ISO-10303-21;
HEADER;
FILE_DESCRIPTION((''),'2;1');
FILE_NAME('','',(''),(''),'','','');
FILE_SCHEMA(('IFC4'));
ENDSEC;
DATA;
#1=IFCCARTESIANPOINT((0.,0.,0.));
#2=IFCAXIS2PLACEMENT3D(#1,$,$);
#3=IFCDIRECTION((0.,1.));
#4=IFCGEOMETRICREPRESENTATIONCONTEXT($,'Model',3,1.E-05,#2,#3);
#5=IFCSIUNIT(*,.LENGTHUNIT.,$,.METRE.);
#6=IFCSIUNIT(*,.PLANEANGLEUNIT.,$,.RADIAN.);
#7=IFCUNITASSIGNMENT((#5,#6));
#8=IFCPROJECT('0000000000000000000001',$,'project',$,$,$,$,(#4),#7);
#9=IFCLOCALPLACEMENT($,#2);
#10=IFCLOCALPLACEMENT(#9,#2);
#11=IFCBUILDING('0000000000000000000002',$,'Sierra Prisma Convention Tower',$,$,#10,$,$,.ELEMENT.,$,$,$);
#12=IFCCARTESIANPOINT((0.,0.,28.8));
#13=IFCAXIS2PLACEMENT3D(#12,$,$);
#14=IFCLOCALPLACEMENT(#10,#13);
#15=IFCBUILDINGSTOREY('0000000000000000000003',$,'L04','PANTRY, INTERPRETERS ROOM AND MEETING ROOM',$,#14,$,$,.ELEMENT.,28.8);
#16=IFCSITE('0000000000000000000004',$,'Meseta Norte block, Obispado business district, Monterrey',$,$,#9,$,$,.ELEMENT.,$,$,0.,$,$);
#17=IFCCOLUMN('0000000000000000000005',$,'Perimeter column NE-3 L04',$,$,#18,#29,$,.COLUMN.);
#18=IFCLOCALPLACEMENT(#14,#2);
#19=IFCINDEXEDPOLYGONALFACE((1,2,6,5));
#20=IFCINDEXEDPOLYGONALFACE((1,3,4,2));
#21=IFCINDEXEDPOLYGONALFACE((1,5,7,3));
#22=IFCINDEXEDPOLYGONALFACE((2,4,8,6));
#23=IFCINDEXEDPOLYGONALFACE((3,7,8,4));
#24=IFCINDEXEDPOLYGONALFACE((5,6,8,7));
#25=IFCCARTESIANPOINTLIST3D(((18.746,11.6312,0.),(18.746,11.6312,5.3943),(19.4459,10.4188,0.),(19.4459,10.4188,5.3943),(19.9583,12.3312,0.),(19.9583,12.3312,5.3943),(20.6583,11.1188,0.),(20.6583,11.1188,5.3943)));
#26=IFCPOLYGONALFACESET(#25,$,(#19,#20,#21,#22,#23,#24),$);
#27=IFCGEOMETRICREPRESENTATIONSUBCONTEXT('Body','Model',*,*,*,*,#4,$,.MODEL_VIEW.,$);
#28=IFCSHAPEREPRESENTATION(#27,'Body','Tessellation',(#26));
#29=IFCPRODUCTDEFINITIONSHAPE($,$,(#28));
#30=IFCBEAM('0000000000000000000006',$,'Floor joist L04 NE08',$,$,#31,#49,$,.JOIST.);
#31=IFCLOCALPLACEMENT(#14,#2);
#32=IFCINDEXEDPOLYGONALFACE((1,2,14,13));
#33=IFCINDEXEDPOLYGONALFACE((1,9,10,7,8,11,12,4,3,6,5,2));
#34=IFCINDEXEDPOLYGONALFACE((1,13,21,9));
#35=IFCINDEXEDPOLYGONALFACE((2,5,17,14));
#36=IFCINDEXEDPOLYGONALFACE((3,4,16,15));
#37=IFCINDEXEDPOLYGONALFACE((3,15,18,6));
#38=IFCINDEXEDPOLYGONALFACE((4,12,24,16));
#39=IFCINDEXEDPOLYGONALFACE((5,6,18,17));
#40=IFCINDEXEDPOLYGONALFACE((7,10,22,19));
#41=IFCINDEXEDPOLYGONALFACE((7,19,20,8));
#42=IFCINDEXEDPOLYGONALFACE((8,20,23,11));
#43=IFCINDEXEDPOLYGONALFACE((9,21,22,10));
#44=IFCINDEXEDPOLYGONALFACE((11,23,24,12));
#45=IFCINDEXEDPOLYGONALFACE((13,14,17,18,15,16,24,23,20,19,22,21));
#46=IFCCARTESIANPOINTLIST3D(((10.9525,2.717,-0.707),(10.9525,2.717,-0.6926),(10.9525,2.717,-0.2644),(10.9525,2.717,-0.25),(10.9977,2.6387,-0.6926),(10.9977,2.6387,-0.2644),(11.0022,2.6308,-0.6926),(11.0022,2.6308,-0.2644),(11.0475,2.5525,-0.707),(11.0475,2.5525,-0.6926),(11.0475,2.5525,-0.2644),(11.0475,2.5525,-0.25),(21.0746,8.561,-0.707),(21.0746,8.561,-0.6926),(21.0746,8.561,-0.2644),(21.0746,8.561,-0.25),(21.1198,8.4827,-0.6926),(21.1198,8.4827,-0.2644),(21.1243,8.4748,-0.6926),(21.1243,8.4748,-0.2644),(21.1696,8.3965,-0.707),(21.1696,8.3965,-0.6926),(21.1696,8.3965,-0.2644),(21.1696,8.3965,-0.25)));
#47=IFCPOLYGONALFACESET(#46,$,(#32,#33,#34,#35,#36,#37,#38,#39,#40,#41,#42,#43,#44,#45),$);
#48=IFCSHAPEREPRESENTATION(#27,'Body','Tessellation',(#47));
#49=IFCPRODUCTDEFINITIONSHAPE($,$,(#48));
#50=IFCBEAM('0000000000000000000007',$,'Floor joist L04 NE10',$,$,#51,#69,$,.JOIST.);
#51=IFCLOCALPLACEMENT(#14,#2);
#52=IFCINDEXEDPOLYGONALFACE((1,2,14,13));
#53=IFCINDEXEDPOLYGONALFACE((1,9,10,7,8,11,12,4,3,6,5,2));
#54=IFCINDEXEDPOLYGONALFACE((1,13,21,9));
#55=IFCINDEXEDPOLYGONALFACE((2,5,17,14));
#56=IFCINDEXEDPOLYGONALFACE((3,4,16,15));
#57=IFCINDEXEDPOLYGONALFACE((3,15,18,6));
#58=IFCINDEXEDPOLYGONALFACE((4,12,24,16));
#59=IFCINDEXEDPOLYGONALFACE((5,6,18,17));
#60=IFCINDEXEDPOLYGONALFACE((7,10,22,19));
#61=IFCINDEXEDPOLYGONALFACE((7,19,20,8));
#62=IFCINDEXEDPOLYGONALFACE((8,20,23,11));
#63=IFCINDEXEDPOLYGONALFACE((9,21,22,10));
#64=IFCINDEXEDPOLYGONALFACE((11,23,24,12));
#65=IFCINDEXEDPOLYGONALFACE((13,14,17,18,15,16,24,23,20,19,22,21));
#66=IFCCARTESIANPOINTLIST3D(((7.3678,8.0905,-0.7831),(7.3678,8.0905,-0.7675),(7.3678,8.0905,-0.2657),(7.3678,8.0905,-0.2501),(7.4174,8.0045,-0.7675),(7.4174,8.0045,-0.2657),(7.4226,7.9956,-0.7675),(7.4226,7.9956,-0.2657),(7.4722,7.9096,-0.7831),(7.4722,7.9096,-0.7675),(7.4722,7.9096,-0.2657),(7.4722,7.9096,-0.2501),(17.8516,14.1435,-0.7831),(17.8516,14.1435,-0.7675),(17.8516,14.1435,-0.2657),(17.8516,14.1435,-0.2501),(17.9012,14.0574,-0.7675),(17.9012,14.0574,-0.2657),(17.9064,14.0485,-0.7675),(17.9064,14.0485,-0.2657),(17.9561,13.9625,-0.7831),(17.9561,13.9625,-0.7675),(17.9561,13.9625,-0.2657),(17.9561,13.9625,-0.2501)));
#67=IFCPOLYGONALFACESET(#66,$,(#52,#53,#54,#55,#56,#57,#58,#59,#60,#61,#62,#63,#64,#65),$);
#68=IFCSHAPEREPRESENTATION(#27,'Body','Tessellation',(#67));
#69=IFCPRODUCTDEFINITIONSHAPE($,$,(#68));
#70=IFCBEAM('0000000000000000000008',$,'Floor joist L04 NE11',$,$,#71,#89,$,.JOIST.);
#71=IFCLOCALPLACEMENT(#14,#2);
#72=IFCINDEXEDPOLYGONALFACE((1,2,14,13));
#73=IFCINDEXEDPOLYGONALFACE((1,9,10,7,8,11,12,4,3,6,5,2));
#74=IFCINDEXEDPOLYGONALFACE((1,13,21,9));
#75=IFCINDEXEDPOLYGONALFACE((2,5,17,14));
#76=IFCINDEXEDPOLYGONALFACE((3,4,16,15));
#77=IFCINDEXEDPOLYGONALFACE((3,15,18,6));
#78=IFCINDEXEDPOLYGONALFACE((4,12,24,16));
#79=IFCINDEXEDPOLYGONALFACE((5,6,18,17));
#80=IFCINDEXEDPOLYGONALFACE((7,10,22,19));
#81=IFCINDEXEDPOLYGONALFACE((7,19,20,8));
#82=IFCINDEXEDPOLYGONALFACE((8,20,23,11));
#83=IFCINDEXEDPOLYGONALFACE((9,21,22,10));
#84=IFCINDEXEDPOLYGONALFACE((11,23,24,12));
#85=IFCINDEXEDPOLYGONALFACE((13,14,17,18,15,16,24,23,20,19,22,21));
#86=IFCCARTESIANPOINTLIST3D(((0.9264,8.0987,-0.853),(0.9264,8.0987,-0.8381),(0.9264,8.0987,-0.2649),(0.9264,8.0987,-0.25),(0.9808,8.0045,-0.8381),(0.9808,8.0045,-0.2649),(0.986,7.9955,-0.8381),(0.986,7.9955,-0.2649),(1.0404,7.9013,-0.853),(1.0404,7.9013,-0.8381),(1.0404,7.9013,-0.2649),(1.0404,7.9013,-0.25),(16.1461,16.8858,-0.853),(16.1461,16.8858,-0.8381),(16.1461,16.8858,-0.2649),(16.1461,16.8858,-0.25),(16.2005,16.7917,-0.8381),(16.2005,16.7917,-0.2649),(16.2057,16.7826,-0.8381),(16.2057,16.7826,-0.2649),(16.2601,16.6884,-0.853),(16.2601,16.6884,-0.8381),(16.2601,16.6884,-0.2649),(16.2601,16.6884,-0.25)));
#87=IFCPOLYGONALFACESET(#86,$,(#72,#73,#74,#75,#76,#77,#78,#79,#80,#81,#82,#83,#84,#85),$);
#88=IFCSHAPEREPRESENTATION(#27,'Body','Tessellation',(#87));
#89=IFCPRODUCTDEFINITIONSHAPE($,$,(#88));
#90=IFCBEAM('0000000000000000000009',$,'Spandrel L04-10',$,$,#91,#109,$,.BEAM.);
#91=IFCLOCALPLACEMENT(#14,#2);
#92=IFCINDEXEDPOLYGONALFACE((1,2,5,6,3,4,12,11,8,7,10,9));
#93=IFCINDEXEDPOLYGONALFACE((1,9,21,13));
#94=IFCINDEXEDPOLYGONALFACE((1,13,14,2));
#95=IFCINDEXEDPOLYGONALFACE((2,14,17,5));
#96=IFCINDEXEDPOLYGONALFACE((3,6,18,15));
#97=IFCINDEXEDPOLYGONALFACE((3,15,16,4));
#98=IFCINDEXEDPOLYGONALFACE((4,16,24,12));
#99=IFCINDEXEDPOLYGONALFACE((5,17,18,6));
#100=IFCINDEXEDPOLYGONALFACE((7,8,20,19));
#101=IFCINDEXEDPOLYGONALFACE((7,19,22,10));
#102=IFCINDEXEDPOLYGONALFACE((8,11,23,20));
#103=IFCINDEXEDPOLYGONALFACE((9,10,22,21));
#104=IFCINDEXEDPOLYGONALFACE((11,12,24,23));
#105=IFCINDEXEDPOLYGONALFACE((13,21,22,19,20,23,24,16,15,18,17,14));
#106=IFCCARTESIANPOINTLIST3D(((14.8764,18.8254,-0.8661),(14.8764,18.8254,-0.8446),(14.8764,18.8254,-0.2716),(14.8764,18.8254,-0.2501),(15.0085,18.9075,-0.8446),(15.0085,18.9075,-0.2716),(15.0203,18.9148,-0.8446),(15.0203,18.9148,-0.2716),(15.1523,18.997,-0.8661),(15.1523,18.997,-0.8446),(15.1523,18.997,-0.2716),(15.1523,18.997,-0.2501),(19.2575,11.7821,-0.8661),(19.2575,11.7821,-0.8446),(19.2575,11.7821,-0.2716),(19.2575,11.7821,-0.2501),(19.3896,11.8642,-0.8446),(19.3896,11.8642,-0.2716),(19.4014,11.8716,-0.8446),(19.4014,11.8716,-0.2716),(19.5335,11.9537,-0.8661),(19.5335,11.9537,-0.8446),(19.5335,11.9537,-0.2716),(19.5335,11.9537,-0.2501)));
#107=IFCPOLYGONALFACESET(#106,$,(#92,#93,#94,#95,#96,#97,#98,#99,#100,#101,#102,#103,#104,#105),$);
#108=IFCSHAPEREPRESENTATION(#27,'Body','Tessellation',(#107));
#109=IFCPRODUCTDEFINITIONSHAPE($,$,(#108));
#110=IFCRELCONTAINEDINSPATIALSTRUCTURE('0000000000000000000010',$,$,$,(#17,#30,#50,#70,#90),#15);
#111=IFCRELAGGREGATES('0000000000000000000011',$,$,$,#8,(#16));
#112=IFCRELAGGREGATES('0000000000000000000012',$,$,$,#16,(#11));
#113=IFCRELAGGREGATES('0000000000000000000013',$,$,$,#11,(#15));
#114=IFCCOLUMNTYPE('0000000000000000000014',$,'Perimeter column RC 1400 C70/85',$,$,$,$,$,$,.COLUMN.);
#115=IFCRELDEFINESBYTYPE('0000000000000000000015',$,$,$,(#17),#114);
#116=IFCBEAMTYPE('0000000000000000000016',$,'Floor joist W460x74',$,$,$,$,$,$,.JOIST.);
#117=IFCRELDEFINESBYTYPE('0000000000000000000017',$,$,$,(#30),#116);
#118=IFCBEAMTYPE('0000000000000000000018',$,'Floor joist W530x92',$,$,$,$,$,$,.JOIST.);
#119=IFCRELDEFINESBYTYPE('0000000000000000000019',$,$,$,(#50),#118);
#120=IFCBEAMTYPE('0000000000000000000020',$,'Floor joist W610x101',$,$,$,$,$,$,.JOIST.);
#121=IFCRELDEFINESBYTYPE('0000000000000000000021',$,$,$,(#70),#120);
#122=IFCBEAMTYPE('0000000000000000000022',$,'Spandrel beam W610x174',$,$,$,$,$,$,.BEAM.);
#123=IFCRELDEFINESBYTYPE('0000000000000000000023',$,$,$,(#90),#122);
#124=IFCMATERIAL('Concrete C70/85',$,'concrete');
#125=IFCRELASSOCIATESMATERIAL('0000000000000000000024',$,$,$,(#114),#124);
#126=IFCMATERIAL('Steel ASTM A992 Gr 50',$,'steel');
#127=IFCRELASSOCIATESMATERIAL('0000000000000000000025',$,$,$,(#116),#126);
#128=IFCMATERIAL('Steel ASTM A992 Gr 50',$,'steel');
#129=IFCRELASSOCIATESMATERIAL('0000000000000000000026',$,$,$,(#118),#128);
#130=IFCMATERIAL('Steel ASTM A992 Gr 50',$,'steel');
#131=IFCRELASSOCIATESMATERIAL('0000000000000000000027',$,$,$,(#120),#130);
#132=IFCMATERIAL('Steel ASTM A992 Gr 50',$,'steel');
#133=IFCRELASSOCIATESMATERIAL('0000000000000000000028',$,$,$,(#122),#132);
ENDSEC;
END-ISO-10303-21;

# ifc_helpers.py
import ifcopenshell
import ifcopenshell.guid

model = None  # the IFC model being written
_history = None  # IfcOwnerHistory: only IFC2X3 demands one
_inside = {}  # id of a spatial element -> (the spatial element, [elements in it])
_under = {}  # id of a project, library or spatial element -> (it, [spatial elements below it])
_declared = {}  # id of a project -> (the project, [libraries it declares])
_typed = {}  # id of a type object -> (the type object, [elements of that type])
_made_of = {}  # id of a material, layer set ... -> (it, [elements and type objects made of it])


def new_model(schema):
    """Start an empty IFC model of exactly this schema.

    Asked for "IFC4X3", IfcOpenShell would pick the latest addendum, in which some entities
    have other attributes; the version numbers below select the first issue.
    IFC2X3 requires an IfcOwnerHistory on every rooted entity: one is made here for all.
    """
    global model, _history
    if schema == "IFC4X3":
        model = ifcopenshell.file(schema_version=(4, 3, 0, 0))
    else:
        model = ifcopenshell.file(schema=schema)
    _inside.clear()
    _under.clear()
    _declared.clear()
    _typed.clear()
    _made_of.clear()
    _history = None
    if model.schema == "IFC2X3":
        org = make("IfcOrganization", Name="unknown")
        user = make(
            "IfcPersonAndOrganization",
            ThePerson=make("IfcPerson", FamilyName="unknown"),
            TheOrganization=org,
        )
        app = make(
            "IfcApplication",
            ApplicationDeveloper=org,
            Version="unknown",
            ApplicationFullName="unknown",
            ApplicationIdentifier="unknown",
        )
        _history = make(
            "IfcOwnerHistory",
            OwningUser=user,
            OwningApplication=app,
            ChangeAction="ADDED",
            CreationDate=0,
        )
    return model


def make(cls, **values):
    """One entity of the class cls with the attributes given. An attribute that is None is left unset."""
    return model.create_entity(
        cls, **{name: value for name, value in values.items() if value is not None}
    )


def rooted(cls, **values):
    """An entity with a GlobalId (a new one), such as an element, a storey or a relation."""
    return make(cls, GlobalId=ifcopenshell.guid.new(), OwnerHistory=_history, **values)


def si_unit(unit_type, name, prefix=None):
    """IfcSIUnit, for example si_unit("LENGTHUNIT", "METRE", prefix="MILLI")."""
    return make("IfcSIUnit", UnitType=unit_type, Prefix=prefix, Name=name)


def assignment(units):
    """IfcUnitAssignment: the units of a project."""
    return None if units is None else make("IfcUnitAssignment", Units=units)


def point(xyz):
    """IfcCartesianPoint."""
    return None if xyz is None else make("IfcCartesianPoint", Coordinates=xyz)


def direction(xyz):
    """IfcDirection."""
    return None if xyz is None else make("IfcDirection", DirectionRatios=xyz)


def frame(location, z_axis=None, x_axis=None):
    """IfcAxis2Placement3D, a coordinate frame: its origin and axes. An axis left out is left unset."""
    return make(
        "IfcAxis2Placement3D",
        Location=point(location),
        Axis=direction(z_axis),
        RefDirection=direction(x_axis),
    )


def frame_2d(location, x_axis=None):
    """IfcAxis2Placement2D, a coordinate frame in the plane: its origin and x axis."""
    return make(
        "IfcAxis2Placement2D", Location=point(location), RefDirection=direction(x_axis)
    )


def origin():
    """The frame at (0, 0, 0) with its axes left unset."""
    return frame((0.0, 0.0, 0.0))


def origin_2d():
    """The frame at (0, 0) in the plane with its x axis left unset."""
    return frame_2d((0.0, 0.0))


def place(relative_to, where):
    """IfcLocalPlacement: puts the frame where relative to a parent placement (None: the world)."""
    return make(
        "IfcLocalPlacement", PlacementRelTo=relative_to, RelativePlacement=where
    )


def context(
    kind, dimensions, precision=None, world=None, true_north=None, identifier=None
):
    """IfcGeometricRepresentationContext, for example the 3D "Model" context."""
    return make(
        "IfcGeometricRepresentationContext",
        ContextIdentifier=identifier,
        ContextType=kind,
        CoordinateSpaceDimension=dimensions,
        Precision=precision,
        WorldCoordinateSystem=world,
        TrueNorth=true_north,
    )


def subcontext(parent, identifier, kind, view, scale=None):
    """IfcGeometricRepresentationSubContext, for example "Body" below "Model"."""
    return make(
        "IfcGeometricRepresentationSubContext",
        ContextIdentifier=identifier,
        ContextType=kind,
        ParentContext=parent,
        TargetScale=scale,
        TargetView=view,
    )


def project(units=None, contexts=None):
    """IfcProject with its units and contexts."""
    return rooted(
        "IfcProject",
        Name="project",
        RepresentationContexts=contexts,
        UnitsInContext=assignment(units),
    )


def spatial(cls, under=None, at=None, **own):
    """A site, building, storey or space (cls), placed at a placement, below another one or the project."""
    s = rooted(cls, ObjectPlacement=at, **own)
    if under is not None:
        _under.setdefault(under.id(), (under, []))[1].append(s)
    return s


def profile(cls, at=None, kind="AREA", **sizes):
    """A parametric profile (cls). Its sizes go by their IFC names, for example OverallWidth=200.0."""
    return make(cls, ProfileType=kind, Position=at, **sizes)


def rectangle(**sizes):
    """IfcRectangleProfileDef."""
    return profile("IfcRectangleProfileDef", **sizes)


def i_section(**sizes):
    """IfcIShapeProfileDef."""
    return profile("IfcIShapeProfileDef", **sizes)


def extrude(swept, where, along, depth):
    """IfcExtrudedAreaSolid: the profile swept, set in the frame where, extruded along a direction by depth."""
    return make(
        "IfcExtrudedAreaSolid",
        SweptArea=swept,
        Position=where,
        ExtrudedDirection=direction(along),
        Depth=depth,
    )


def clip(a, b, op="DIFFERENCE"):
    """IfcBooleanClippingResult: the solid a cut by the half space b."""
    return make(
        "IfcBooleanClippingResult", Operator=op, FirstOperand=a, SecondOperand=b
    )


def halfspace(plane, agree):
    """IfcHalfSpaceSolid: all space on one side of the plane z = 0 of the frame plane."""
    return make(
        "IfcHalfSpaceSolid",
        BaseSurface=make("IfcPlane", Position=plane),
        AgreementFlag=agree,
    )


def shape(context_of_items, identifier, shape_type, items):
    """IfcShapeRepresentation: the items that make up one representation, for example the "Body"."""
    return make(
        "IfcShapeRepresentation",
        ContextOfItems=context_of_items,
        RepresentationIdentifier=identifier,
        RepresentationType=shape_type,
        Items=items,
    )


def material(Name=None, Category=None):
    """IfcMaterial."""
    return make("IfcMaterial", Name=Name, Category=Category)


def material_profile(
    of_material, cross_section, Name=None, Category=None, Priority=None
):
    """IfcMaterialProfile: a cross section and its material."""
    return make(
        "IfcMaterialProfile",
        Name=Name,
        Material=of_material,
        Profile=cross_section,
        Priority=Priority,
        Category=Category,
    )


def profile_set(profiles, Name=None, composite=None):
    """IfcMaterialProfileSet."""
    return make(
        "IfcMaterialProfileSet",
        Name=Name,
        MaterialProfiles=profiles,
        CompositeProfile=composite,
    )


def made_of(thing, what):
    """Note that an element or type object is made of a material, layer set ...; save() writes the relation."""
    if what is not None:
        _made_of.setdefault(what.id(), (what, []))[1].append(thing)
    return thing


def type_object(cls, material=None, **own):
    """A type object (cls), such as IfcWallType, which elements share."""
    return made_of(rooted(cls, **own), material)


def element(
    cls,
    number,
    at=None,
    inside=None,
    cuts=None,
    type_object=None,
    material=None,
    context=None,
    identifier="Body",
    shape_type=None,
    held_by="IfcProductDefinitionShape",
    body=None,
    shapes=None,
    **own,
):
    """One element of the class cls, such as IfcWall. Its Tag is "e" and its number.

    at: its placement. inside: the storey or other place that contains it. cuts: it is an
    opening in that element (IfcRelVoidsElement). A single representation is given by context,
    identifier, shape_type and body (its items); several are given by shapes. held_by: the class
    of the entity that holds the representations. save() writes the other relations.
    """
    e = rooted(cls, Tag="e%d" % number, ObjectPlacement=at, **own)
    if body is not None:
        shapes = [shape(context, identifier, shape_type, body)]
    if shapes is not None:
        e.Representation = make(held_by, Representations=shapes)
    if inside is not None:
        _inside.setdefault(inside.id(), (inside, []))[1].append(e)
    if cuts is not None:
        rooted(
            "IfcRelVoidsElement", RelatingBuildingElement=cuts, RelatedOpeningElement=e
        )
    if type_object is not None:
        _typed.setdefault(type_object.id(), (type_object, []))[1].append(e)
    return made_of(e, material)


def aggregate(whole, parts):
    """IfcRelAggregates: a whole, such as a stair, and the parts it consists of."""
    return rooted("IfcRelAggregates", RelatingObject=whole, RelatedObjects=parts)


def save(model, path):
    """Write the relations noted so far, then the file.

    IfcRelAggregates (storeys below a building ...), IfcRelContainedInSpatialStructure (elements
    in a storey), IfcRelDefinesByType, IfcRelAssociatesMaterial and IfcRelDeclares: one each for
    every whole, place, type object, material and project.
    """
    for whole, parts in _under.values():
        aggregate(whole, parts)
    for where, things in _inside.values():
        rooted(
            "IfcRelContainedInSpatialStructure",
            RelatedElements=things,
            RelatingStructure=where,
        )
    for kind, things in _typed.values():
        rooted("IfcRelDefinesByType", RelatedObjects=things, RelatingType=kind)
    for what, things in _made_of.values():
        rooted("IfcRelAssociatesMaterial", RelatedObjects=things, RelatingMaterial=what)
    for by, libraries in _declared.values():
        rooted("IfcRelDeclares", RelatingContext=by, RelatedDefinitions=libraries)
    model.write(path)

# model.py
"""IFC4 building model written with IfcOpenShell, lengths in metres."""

from ifc_helpers import new_model, si_unit, direction, frame, origin, origin_2d, place, context, subcontext, project, spatial, rectangle, i_section, extrude, clip, halfspace, material, material_profile, profile_set, type_object, element, save


model = new_model("IFC4")

# Units and contexts
model_context = context("Model", 3, precision=1e-05, world=origin(), true_north=direction((0.0, 1.0)))
body_context = subcontext(model_context, "Body", "Model", "MODEL_VIEW")
ifc_project = project(units=[si_unit("LENGTHUNIT", "METRE"), si_unit("PLANEANGLEUNIT", "RADIAN")], contexts=[model_context])

# Site, building, storey
site_placement = place(None, origin())
site = spatial("IfcSite", under=ifc_project, at=site_placement, Name="Meseta Norte block, Obispado business district, Monterrey", CompositionType="ELEMENT", RefElevation=0.0)
building_placement = place(site_placement, origin())
building = spatial("IfcBuilding", under=site, at=building_placement, Name="Sierra Prisma Convention Tower", CompositionType="ELEMENT")
storey_placement = place(building_placement, frame((0.0, 0.0, 28.8)))
storey = spatial("IfcBuildingStorey", under=building, at=storey_placement, Name="L04", Description="PANTRY, INTERPRETERS ROOM AND MEETING ROOM", CompositionType="ELEMENT", Elevation=28.8)

# Column
ifc_material_1 = material(Name="Concrete C70/85", Category="concrete")
ifc_material_profile_1 = material_profile(ifc_material_1, rectangle(XDim=1.3999, YDim=1.3999, at=origin_2d()), Name="Perimeter column RC 1400 C70/85")
ifc_profile_set_1 = profile_set([ifc_material_profile_1], Name="Concrete C70/85")
column_type = type_object("IfcColumnType", Name="Perimeter column RC 1400 C70/85", PredefinedType="COLUMN", material=ifc_profile_set_1)
column_placement = place(storey_placement, frame((19.7021, 11.375, 0.0), z_axis=(0.0, 0.0, 1.0), x_axis=(-0.5, 0.866025, 0.0)))
element("IfcColumn", 1, at=column_placement, inside=storey, type_object=column_type, Name="Perimeter column NE-3 L04", PredefinedType="COLUMN", context=body_context, shape_type="SweptSolid", body=[
    clip(extrude(rectangle(XDim=1.3999, YDim=1.3999, at=origin_2d()), origin(), (0.0, 0.0, 1.0), 5.3999), halfspace(frame((0.0, 0.0, 5.3943)), False)),
])

# Beams
ifc_material_2 = material(Name="Steel ASTM A992 Gr 50", Category="steel")
ifc_material_profile_2 = material_profile(ifc_material_2, i_section(OverallWidth=0.1899, OverallDepth=0.457, WebThickness=0.009, FlangeThickness=0.0144, at=origin_2d()), Name="W460x74")
ifc_profile_set_2 = profile_set([ifc_material_profile_2], Name="Steel ASTM A992 Gr 50")
beam_type_1 = type_object("IfcBeamType", Name="Floor joist W460x74", PredefinedType="JOIST", material=ifc_profile_set_2)
beam_1_placement = place(storey_placement, frame((21.1221, 8.4788, -0.4785), z_axis=(-0.866025, -0.500001, 0.0), x_axis=(0.500001, -0.866025, 0.0)))
element("IfcBeam", 2, at=beam_1_placement, inside=storey, type_object=beam_type_1, Name="Floor joist L04 NE08", PredefinedType="JOIST", context=body_context, shape_type="SweptSolid", body=[
    extrude(i_section(OverallWidth=0.1899, OverallDepth=0.457, WebThickness=0.009, FlangeThickness=0.0144, at=origin_2d()), origin(), (0.0, 0.0, 1.0), 11.688),
])
ifc_material_3 = material(Name="Steel ASTM A992 Gr 50", Category="steel")
ifc_material_profile_3 = material_profile(ifc_material_3, i_section(OverallWidth=0.209, OverallDepth=0.533, WebThickness=0.0103, FlangeThickness=0.0156, at=origin_2d()), Name="W530x92")
ifc_profile_set_3 = profile_set([ifc_material_profile_3], Name="Steel ASTM A992 Gr 50")
beam_type_2 = type_object("IfcBeamType", Name="Floor joist W530x92", PredefinedType="JOIST", material=ifc_profile_set_3)
beam_2_placement = place(storey_placement, frame((17.9038, 14.053, -0.5166), z_axis=(-0.866022, -0.500006, 0.0), x_axis=(0.500006, -0.866022, 0.0)))
element("IfcBeam", 3, at=beam_2_placement, inside=storey, type_object=beam_type_2, Name="Floor joist L04 NE10", PredefinedType="JOIST", context=body_context, shape_type="SweptSolid", body=[
    extrude(i_section(OverallWidth=0.209, OverallDepth=0.533, WebThickness=0.0103, FlangeThickness=0.0156, at=origin_2d()), origin(), (0.0, 0.0, 1.0), 12.1057),
])
ifc_material_4 = material(Name="Steel ASTM A992 Gr 50", Category="steel")
ifc_material_profile_4 = material_profile(ifc_material_4, i_section(OverallWidth=0.228, OverallDepth=0.603, WebThickness=0.0105, FlangeThickness=0.0149, at=origin_2d()), Name="W610x101")
ifc_profile_set_4 = profile_set([ifc_material_profile_4], Name="Steel ASTM A992 Gr 50")
beam_type_3 = type_object("IfcBeamType", Name="Floor joist W610x101", PredefinedType="JOIST", material=ifc_profile_set_4)
beam_3_placement = place(storey_placement, frame((16.2031, 16.7871, -0.5515), z_axis=(-0.866025, -0.5, 0.0), x_axis=(0.5, -0.866025, 0.0)))
element("IfcBeam", 4, at=beam_3_placement, inside=storey, type_object=beam_type_3, Name="Floor joist L04 NE11", PredefinedType="JOIST", context=body_context, shape_type="SweptSolid", body=[
    extrude(i_section(OverallWidth=0.228, OverallDepth=0.603, WebThickness=0.0105, FlangeThickness=0.0149, at=origin_2d()), origin(), (0.0, 0.0, 1.0), 17.5742),
])
ifc_material_5 = material(Name="Steel ASTM A992 Gr 50", Category="steel")
ifc_material_profile_5 = material_profile(ifc_material_5, i_section(OverallWidth=0.325, OverallDepth=0.616, WebThickness=0.0139, FlangeThickness=0.0215, at=origin_2d()), Name="W610x174")
ifc_profile_set_5 = profile_set([ifc_material_profile_5], Name="Steel ASTM A992 Gr 50")
beam_type_4 = type_object("IfcBeamType", Name="Spandrel beam W610x174", PredefinedType="BEAM", material=ifc_profile_set_5)
beam_4_placement = place(storey_placement, frame((19.3955, 11.8679, -0.5581), z_axis=(-0.528185, 0.849129, 0.0), x_axis=(-0.849129, -0.528185, 0.0)))
element("IfcBeam", 5, at=beam_4_placement, inside=storey, type_object=beam_type_4, Name="Spandrel L04-10", PredefinedType="BEAM", context=body_context, shape_type="SweptSolid", body=[
    extrude(i_section(OverallWidth=0.325, OverallDepth=0.616, WebThickness=0.0139, FlangeThickness=0.0215, at=origin_2d()), origin(), (0.0, 0.0, 1.0), 8.2947),
])

save(model, "model.ifc")
